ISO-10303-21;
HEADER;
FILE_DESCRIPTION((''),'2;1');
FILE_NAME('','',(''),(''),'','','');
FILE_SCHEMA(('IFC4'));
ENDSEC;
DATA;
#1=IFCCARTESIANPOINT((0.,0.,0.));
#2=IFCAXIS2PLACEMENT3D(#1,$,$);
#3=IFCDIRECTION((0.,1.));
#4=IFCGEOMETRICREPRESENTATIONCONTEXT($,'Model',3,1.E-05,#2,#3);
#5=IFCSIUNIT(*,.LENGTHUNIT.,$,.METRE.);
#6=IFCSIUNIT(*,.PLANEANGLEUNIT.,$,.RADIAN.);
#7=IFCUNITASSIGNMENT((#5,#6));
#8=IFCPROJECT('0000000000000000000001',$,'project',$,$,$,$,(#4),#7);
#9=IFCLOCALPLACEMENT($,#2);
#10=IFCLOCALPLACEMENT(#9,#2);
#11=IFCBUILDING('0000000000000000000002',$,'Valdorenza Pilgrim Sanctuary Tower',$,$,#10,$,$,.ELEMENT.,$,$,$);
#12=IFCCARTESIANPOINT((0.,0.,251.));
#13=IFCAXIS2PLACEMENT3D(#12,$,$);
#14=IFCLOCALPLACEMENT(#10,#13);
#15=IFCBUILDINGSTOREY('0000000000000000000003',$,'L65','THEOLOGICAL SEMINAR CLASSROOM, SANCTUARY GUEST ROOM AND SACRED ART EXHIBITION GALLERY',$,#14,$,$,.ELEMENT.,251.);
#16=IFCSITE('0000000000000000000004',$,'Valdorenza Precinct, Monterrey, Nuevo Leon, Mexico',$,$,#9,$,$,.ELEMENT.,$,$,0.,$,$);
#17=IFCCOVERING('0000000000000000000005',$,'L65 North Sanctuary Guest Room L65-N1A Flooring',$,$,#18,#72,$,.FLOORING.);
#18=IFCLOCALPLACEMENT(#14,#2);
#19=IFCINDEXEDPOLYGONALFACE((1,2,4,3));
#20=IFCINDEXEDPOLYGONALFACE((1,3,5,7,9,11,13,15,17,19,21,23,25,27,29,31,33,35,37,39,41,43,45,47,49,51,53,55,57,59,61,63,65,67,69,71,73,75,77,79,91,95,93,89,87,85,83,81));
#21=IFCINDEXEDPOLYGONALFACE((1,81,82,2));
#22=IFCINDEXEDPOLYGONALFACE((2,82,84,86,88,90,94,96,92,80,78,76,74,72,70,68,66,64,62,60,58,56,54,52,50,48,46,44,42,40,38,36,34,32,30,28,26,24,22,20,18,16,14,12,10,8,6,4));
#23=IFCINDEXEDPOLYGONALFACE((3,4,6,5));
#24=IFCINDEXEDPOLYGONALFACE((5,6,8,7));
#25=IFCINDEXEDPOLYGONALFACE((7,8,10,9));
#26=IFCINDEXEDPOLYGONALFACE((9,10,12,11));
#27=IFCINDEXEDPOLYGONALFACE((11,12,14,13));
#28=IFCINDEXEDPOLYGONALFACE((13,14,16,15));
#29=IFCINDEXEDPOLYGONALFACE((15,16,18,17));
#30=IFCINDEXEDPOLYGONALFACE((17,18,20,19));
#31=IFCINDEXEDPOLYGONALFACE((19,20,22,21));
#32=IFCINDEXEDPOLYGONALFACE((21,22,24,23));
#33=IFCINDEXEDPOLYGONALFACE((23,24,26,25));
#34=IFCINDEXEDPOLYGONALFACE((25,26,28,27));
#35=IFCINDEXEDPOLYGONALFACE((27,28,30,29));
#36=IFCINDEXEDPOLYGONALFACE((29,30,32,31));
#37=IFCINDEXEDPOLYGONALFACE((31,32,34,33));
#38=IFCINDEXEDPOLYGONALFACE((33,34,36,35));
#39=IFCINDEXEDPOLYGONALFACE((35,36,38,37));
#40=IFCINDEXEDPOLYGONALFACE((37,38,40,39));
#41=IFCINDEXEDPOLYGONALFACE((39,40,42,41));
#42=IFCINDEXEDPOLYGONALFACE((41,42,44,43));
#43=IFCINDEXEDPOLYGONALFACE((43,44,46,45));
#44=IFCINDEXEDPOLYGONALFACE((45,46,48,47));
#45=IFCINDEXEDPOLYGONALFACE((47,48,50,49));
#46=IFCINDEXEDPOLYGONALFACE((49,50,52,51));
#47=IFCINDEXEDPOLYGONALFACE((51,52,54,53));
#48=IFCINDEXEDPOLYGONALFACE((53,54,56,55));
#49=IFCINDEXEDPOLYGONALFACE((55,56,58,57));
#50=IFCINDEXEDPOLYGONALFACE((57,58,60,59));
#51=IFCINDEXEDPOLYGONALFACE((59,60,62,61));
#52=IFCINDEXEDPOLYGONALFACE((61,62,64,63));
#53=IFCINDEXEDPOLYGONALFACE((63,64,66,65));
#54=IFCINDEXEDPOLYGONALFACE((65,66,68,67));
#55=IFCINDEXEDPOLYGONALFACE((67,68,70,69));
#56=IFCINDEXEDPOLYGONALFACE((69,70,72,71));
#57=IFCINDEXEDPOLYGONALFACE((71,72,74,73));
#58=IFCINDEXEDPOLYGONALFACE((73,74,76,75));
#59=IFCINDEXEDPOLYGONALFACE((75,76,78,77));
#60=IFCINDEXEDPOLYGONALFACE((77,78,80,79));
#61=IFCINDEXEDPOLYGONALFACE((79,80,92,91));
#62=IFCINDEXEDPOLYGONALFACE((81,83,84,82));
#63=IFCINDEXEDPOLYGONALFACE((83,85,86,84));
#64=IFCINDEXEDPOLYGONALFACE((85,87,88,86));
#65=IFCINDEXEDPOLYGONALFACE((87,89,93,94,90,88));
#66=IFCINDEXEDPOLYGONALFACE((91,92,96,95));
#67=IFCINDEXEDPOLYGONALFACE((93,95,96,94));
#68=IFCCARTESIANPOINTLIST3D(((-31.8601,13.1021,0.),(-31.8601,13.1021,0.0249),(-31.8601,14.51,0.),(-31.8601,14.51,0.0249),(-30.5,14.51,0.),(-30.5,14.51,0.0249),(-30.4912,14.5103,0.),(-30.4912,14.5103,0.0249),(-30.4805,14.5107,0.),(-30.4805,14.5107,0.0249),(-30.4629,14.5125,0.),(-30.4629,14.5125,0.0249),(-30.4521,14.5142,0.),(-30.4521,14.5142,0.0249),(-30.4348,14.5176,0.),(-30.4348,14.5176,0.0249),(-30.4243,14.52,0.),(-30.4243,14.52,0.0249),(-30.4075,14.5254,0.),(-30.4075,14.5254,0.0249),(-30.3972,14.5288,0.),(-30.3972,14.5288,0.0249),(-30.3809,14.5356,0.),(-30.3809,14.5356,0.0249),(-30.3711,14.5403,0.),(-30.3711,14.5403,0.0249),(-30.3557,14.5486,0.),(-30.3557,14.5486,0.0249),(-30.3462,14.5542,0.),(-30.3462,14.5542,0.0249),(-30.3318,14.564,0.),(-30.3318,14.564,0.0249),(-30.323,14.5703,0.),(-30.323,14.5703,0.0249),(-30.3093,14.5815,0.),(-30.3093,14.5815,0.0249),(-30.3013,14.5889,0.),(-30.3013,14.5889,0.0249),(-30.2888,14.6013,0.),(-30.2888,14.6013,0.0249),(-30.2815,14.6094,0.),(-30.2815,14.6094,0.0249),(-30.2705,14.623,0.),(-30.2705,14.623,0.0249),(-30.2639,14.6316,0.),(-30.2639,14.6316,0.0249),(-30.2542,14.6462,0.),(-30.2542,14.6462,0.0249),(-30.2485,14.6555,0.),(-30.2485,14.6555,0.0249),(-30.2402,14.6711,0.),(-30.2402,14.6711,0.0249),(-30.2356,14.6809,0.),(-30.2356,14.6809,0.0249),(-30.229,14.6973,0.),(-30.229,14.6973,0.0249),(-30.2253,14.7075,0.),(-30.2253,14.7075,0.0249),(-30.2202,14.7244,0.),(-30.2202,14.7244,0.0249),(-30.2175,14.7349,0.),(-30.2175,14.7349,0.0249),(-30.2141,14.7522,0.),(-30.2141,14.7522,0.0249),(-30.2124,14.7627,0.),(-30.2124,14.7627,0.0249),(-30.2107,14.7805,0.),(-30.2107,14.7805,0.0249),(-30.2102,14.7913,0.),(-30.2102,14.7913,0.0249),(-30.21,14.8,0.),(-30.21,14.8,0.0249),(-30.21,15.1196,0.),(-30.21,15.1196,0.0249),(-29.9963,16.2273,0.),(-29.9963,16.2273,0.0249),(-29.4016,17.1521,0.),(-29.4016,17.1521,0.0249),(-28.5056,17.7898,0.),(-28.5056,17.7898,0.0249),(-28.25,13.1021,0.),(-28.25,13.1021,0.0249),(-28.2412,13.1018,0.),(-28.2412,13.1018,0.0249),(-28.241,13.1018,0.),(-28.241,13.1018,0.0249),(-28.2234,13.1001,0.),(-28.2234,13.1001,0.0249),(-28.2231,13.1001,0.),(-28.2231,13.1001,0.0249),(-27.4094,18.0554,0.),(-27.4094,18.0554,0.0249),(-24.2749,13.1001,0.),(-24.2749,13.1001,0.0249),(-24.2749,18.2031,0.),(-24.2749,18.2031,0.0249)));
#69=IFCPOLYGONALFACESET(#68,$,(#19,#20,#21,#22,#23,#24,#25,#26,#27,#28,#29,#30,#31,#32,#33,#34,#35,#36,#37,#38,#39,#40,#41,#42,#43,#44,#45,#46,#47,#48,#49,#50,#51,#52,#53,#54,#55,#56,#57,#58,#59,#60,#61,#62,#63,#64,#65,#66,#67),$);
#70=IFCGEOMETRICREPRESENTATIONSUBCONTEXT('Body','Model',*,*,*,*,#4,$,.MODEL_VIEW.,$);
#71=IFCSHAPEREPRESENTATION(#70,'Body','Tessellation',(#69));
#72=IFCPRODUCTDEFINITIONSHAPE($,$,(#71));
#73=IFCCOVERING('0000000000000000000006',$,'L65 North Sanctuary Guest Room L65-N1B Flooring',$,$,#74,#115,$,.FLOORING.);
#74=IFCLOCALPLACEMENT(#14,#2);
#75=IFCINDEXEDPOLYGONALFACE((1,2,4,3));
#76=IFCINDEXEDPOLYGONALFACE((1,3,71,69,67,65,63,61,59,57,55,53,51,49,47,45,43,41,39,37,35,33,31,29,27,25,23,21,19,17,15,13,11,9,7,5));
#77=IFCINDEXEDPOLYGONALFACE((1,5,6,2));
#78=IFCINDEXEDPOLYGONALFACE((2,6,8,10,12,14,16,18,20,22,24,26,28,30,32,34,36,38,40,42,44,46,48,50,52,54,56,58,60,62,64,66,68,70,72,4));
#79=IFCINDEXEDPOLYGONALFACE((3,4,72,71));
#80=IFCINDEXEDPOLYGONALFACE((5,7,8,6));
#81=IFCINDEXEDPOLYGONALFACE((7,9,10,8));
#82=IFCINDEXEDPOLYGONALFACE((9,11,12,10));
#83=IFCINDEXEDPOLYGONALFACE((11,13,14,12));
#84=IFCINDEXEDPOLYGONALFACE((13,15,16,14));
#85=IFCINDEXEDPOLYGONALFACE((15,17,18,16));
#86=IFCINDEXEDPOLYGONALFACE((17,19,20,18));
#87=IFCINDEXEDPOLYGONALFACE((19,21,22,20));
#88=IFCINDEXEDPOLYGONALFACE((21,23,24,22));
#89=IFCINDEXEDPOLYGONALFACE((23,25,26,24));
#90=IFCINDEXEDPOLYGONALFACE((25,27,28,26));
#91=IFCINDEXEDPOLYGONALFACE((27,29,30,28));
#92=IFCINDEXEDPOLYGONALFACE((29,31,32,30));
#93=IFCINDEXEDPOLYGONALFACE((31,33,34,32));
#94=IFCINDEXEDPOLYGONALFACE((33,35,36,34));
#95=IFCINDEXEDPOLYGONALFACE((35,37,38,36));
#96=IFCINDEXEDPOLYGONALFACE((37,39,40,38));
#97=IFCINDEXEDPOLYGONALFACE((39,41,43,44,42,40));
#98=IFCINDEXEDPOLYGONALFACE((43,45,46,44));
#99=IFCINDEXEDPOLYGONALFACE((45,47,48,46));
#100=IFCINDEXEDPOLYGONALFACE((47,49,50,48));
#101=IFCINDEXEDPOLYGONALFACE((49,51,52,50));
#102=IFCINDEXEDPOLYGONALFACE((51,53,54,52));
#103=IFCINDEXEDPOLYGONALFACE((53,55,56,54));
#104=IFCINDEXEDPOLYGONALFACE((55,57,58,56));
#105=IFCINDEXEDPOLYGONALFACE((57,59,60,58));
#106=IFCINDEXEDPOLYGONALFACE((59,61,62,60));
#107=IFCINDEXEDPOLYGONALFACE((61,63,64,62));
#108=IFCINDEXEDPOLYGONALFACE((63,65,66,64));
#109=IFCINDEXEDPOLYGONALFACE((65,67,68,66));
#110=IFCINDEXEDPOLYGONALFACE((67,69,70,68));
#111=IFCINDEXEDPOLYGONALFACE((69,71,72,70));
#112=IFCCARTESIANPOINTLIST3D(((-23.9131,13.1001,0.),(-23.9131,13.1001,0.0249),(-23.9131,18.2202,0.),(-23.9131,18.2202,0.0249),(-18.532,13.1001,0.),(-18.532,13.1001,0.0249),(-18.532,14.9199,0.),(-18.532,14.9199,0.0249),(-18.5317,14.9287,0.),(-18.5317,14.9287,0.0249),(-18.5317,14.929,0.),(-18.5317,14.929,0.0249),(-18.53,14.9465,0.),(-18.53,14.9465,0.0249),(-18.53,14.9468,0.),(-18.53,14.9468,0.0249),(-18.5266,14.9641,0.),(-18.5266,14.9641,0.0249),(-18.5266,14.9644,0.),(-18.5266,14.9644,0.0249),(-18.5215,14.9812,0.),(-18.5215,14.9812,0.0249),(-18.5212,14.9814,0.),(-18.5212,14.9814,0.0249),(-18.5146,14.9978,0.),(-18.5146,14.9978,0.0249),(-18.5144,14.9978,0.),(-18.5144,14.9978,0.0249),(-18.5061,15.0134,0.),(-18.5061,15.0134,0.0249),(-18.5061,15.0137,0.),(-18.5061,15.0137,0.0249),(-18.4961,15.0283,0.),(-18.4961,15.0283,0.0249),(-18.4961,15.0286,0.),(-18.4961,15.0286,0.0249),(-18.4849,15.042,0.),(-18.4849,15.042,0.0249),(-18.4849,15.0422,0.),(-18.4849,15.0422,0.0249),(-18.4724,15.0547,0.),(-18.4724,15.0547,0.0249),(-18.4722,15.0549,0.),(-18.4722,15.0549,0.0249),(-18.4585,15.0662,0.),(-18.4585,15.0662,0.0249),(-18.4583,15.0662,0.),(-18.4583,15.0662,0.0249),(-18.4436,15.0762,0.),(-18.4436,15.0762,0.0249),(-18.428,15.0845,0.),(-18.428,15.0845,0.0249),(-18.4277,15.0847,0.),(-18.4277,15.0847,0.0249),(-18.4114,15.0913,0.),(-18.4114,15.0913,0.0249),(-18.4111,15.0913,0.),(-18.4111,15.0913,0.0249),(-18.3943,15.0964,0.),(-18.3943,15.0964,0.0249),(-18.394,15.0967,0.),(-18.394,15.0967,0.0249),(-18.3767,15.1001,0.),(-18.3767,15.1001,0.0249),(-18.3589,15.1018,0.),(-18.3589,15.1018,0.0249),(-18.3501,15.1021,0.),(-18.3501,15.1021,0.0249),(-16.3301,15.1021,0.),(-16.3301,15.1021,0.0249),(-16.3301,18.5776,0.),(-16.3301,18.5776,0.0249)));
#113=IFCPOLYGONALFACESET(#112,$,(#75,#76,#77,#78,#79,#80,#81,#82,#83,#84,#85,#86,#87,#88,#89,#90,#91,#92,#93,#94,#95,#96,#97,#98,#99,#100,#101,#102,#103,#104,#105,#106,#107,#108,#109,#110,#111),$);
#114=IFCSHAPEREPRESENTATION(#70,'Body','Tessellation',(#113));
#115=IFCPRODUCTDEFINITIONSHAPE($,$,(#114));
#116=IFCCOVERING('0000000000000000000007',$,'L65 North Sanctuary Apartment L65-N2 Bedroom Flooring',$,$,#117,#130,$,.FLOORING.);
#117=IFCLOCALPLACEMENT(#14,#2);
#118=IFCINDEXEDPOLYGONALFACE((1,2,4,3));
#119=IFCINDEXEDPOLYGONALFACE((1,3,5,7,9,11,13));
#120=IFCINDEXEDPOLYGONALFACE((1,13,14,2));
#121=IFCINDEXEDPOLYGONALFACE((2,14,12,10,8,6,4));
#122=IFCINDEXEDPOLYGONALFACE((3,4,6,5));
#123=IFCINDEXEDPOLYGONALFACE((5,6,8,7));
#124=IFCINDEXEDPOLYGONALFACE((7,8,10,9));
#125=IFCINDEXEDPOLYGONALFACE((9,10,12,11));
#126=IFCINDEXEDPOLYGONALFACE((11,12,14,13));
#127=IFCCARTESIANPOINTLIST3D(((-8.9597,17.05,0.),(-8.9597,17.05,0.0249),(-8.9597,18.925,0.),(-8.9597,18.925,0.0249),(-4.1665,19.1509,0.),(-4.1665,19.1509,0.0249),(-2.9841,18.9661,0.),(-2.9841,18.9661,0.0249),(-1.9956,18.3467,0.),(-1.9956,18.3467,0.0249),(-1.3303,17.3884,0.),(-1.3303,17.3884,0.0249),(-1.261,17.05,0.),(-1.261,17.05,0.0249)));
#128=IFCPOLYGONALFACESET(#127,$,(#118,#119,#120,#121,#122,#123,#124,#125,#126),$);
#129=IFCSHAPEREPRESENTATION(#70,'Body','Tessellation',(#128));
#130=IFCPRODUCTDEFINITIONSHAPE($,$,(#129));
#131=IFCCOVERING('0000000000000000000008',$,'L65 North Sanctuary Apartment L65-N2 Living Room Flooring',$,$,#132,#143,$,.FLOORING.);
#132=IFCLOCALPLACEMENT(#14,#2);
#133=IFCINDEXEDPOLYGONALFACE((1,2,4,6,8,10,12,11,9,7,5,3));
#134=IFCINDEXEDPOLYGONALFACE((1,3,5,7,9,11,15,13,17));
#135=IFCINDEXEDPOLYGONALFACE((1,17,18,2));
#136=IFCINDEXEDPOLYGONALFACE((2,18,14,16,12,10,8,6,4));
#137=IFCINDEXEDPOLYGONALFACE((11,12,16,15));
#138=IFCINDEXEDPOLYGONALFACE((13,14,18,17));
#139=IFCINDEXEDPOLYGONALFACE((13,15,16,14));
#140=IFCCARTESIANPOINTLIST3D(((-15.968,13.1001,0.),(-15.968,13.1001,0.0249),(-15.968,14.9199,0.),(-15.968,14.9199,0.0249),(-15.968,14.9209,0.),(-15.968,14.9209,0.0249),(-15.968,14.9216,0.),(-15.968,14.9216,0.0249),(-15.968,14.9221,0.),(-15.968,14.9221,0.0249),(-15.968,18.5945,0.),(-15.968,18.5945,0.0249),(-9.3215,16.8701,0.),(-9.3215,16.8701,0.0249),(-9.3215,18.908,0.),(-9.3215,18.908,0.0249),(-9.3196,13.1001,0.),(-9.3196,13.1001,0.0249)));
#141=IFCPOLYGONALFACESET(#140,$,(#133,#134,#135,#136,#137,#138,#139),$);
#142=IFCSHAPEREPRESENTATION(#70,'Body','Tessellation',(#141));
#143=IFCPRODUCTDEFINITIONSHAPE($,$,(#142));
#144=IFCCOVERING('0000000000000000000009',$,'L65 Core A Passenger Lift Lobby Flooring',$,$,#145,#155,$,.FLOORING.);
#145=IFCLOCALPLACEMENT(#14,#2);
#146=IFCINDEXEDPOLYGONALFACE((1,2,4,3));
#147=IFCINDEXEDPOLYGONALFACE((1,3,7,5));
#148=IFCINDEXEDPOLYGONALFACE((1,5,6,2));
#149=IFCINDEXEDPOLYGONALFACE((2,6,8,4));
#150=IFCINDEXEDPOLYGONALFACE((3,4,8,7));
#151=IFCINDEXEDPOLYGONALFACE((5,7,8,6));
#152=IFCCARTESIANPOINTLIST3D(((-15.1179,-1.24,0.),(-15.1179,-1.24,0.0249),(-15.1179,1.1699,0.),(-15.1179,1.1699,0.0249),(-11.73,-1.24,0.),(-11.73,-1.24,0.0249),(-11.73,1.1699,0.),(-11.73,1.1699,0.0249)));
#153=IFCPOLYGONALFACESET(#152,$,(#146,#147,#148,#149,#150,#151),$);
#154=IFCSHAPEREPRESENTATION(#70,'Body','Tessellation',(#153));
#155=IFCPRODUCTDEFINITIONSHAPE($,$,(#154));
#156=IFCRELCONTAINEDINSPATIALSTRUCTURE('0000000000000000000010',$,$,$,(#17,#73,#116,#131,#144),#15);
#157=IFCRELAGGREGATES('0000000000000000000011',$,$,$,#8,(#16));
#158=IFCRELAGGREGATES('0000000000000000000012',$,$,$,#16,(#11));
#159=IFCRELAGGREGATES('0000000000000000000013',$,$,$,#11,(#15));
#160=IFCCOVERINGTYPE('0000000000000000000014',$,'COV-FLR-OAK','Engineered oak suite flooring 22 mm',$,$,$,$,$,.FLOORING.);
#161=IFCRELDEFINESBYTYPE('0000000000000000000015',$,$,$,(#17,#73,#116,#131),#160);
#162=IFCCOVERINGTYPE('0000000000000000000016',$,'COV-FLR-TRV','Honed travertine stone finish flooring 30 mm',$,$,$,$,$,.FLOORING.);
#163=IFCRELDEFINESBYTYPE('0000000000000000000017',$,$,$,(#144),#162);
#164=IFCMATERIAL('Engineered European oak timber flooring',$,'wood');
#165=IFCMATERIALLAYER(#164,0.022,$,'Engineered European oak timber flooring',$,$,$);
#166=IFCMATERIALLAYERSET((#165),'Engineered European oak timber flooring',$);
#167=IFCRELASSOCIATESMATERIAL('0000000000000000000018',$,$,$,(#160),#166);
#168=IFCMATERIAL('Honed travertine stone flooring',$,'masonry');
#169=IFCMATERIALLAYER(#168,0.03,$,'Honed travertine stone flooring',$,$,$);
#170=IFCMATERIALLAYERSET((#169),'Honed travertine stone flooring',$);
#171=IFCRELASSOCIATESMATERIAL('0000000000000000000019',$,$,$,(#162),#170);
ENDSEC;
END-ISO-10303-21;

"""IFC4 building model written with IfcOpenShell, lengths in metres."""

from ifc_helpers import new_model, si_unit, direction, frame, origin, place, context, subcontext, project, spatial, polyline, outline, extrude, material, layer, layer_set, type_object, element, save


model = new_model("IFC4")

# Units and contexts
model_context = context("Model", 3, precision=1e-05, world=origin(), true_north=direction((0.0, 1.0)))
body_context = subcontext(model_context, "Body", "Model", "MODEL_VIEW")
ifc_project = project(units=[si_unit("LENGTHUNIT", "METRE"), si_unit("PLANEANGLEUNIT", "RADIAN")], contexts=[model_context])

# Site, building, storey
site_placement = place(None, origin())
site = spatial("IfcSite", under=ifc_project, at=site_placement, Name="Valdorenza Precinct, Monterrey, Nuevo Leon, Mexico", CompositionType="ELEMENT", RefElevation=0.0)
building_placement = place(site_placement, origin())
building = spatial("IfcBuilding", under=site, at=building_placement, Name="Valdorenza Pilgrim Sanctuary Tower", CompositionType="ELEMENT")
storey_placement = place(building_placement, frame((0.0, 0.0, 251.0)))
storey = spatial("IfcBuildingStorey", under=building, at=storey_placement, Name="L65", Description="THEOLOGICAL SEMINAR CLASSROOM, SANCTUARY GUEST ROOM AND SACRED ART EXHIBITION GALLERY", CompositionType="ELEMENT", Elevation=251.0)

# Coverings
ifc_material_1 = material(Name="Engineered European oak timber flooring", Category="wood")
ifc_layer_1 = layer(ifc_material_1, 0.022, Name="Engineered European oak timber flooring")
ifc_layer_set_1 = layer_set([ifc_layer_1], Name="Engineered European oak timber flooring")
covering_type_1 = type_object("IfcCoveringType", Name="COV-FLR-OAK", Description="Engineered oak suite flooring 22 mm", PredefinedType="FLOORING", material=ifc_layer_set_1)
covering_1_placement = place(storey_placement, origin())
element("IfcCovering", 1, at=covering_1_placement, inside=storey, type_object=covering_type_1, Name="L65 North Sanctuary Guest Room L65-N1A Flooring", PredefinedType="FLOORING", context=body_context, shape_type="SweptSolid", body=[
    extrude(outline(polyline([(-30.5, 14.51), (-30.4912, 14.5103), (-30.4805, 14.5107), (-30.4629, 14.5125), (-30.4521, 14.5142), (-30.4348, 14.5176), (-30.4243, 14.52), (-30.4075, 14.5254), (-30.3972, 14.5288), (-30.3809, 14.5356), (-30.3711, 14.5403), (-30.3557, 14.5486), (-30.3462, 14.5542), (-30.3318, 14.564), (-30.323, 14.5703), (-30.3093, 14.5815), (-30.3013, 14.5889), (-30.2888, 14.6013), (-30.2815, 14.6094), (-30.2705, 14.623), (-30.2639, 14.6316), (-30.2542, 14.6462), (-30.2485, 14.6555), (-30.2402, 14.6711), (-30.2356, 14.6809), (-30.229, 14.6973), (-30.2253, 14.7075), (-30.2202, 14.7244), (-30.2175, 14.7349), (-30.2141, 14.7522), (-30.2124, 14.7627), (-30.2107, 14.7805), (-30.2102, 14.7913), (-30.21, 14.8), (-30.21, 15.1196), (-29.9963, 16.2273), (-29.4016, 17.1521), (-28.5056, 17.7898), (-27.4094, 18.0554), (-24.2749, 18.2031), (-24.2749, 13.1001), (-28.2231, 13.1001), (-28.2231, 13.1001), (-28.2234, 13.1001), (-28.241, 13.1018), (-28.2412, 13.1018), (-28.25, 13.1021), (-31.8601, 13.1021), (-31.8601, 14.51), (-30.5, 14.51)])), origin(), (0.0, 0.0, 1.0), 0.0249),
])
covering_2_placement = place(storey_placement, origin())
element("IfcCovering", 2, at=covering_2_placement, inside=storey, type_object=covering_type_1, Name="L65 North Sanctuary Guest Room L65-N1B Flooring", PredefinedType="FLOORING", context=body_context, shape_type="SweptSolid", body=[
    extrude(outline(polyline([(-16.3301, 18.5776), (-16.3301, 15.1021), (-18.3501, 15.1021), (-18.3589, 15.1018), (-18.3589, 15.1018), (-18.3767, 15.1001), (-18.3767, 15.1001), (-18.394, 15.0967), (-18.3943, 15.0964), (-18.4111, 15.0913), (-18.4114, 15.0913), (-18.4277, 15.0847), (-18.428, 15.0845), (-18.4436, 15.0762), (-18.4436, 15.0762), (-18.4583, 15.0662), (-18.4585, 15.0662), (-18.4722, 15.0549), (-18.4724, 15.0547), (-18.4849, 15.0422), (-18.4849, 15.042), (-18.4961, 15.0286), (-18.4961, 15.0283), (-18.5061, 15.0137), (-18.5061, 15.0134), (-18.5144, 14.9978), (-18.5146, 14.9978), (-18.5212, 14.9814), (-18.5215, 14.9812), (-18.5266, 14.9644), (-18.5266, 14.9641), (-18.53, 14.9468), (-18.53, 14.9465), (-18.5317, 14.929), (-18.5317, 14.9287), (-18.532, 14.9199), (-18.532, 13.1001), (-23.9131, 13.1001), (-23.9131, 18.2202), (-16.3301, 18.5776)])), origin(), (0.0, 0.0, 1.0), 0.0249),
])
covering_3_placement = place(storey_placement, origin())
element("IfcCovering", 3, at=covering_3_placement, inside=storey, type_object=covering_type_1, Name="L65 North Sanctuary Apartment L65-N2 Bedroom Flooring", PredefinedType="FLOORING", context=body_context, shape_type="SweptSolid", body=[
    extrude(outline(polyline([(-8.9597, 18.925), (-4.1665, 19.1509), (-2.9841, 18.9661), (-1.9956, 18.3467), (-1.3303, 17.3884), (-1.261, 17.05), (-8.9597, 17.05), (-8.9597, 18.925)])), origin(), (0.0, 0.0, 1.0), 0.0249),
])
covering_4_placement = place(storey_placement, origin())
element("IfcCovering", 4, at=covering_4_placement, inside=storey, type_object=covering_type_1, Name="L65 North Sanctuary Apartment L65-N2 Living Room Flooring", PredefinedType="FLOORING", context=body_context, shape_type="SweptSolid", body=[
    extrude(outline(polyline([(-15.968, 14.9216), (-15.968, 14.9221), (-15.968, 18.5945), (-9.3215, 18.908), (-9.3215, 16.8701), (-9.3196, 13.1001), (-15.968, 13.1001), (-15.968, 14.9199), (-15.968, 14.9209), (-15.968, 14.9216)])), origin(), (0.0, 0.0, 1.0), 0.0249),
])
ifc_material_2 = material(Name="Honed travertine stone flooring", Category="masonry")
ifc_layer_2 = layer(ifc_material_2, 0.03, Name="Honed travertine stone flooring")
ifc_layer_set_2 = layer_set([ifc_layer_2], Name="Honed travertine stone flooring")
covering_type_2 = type_object("IfcCoveringType", Name="COV-FLR-TRV", Description="Honed travertine stone finish flooring 30 mm", PredefinedType="FLOORING", material=ifc_layer_set_2)
covering_5_placement = place(storey_placement, origin())
element("IfcCovering", 5, at=covering_5_placement, inside=storey, type_object=covering_type_2, Name="L65 Core A Passenger Lift Lobby Flooring", PredefinedType="FLOORING", context=body_context, shape_type="SweptSolid", body=[
    extrude(outline(polyline([(-15.1179, 1.1699), (-11.73, 1.1699), (-11.73, -1.24), (-15.1179, -1.24), (-15.1179, 1.1699)])), origin(), (0.0, 0.0, 1.0), 0.0249),
])

save(model, "model.ifc")
